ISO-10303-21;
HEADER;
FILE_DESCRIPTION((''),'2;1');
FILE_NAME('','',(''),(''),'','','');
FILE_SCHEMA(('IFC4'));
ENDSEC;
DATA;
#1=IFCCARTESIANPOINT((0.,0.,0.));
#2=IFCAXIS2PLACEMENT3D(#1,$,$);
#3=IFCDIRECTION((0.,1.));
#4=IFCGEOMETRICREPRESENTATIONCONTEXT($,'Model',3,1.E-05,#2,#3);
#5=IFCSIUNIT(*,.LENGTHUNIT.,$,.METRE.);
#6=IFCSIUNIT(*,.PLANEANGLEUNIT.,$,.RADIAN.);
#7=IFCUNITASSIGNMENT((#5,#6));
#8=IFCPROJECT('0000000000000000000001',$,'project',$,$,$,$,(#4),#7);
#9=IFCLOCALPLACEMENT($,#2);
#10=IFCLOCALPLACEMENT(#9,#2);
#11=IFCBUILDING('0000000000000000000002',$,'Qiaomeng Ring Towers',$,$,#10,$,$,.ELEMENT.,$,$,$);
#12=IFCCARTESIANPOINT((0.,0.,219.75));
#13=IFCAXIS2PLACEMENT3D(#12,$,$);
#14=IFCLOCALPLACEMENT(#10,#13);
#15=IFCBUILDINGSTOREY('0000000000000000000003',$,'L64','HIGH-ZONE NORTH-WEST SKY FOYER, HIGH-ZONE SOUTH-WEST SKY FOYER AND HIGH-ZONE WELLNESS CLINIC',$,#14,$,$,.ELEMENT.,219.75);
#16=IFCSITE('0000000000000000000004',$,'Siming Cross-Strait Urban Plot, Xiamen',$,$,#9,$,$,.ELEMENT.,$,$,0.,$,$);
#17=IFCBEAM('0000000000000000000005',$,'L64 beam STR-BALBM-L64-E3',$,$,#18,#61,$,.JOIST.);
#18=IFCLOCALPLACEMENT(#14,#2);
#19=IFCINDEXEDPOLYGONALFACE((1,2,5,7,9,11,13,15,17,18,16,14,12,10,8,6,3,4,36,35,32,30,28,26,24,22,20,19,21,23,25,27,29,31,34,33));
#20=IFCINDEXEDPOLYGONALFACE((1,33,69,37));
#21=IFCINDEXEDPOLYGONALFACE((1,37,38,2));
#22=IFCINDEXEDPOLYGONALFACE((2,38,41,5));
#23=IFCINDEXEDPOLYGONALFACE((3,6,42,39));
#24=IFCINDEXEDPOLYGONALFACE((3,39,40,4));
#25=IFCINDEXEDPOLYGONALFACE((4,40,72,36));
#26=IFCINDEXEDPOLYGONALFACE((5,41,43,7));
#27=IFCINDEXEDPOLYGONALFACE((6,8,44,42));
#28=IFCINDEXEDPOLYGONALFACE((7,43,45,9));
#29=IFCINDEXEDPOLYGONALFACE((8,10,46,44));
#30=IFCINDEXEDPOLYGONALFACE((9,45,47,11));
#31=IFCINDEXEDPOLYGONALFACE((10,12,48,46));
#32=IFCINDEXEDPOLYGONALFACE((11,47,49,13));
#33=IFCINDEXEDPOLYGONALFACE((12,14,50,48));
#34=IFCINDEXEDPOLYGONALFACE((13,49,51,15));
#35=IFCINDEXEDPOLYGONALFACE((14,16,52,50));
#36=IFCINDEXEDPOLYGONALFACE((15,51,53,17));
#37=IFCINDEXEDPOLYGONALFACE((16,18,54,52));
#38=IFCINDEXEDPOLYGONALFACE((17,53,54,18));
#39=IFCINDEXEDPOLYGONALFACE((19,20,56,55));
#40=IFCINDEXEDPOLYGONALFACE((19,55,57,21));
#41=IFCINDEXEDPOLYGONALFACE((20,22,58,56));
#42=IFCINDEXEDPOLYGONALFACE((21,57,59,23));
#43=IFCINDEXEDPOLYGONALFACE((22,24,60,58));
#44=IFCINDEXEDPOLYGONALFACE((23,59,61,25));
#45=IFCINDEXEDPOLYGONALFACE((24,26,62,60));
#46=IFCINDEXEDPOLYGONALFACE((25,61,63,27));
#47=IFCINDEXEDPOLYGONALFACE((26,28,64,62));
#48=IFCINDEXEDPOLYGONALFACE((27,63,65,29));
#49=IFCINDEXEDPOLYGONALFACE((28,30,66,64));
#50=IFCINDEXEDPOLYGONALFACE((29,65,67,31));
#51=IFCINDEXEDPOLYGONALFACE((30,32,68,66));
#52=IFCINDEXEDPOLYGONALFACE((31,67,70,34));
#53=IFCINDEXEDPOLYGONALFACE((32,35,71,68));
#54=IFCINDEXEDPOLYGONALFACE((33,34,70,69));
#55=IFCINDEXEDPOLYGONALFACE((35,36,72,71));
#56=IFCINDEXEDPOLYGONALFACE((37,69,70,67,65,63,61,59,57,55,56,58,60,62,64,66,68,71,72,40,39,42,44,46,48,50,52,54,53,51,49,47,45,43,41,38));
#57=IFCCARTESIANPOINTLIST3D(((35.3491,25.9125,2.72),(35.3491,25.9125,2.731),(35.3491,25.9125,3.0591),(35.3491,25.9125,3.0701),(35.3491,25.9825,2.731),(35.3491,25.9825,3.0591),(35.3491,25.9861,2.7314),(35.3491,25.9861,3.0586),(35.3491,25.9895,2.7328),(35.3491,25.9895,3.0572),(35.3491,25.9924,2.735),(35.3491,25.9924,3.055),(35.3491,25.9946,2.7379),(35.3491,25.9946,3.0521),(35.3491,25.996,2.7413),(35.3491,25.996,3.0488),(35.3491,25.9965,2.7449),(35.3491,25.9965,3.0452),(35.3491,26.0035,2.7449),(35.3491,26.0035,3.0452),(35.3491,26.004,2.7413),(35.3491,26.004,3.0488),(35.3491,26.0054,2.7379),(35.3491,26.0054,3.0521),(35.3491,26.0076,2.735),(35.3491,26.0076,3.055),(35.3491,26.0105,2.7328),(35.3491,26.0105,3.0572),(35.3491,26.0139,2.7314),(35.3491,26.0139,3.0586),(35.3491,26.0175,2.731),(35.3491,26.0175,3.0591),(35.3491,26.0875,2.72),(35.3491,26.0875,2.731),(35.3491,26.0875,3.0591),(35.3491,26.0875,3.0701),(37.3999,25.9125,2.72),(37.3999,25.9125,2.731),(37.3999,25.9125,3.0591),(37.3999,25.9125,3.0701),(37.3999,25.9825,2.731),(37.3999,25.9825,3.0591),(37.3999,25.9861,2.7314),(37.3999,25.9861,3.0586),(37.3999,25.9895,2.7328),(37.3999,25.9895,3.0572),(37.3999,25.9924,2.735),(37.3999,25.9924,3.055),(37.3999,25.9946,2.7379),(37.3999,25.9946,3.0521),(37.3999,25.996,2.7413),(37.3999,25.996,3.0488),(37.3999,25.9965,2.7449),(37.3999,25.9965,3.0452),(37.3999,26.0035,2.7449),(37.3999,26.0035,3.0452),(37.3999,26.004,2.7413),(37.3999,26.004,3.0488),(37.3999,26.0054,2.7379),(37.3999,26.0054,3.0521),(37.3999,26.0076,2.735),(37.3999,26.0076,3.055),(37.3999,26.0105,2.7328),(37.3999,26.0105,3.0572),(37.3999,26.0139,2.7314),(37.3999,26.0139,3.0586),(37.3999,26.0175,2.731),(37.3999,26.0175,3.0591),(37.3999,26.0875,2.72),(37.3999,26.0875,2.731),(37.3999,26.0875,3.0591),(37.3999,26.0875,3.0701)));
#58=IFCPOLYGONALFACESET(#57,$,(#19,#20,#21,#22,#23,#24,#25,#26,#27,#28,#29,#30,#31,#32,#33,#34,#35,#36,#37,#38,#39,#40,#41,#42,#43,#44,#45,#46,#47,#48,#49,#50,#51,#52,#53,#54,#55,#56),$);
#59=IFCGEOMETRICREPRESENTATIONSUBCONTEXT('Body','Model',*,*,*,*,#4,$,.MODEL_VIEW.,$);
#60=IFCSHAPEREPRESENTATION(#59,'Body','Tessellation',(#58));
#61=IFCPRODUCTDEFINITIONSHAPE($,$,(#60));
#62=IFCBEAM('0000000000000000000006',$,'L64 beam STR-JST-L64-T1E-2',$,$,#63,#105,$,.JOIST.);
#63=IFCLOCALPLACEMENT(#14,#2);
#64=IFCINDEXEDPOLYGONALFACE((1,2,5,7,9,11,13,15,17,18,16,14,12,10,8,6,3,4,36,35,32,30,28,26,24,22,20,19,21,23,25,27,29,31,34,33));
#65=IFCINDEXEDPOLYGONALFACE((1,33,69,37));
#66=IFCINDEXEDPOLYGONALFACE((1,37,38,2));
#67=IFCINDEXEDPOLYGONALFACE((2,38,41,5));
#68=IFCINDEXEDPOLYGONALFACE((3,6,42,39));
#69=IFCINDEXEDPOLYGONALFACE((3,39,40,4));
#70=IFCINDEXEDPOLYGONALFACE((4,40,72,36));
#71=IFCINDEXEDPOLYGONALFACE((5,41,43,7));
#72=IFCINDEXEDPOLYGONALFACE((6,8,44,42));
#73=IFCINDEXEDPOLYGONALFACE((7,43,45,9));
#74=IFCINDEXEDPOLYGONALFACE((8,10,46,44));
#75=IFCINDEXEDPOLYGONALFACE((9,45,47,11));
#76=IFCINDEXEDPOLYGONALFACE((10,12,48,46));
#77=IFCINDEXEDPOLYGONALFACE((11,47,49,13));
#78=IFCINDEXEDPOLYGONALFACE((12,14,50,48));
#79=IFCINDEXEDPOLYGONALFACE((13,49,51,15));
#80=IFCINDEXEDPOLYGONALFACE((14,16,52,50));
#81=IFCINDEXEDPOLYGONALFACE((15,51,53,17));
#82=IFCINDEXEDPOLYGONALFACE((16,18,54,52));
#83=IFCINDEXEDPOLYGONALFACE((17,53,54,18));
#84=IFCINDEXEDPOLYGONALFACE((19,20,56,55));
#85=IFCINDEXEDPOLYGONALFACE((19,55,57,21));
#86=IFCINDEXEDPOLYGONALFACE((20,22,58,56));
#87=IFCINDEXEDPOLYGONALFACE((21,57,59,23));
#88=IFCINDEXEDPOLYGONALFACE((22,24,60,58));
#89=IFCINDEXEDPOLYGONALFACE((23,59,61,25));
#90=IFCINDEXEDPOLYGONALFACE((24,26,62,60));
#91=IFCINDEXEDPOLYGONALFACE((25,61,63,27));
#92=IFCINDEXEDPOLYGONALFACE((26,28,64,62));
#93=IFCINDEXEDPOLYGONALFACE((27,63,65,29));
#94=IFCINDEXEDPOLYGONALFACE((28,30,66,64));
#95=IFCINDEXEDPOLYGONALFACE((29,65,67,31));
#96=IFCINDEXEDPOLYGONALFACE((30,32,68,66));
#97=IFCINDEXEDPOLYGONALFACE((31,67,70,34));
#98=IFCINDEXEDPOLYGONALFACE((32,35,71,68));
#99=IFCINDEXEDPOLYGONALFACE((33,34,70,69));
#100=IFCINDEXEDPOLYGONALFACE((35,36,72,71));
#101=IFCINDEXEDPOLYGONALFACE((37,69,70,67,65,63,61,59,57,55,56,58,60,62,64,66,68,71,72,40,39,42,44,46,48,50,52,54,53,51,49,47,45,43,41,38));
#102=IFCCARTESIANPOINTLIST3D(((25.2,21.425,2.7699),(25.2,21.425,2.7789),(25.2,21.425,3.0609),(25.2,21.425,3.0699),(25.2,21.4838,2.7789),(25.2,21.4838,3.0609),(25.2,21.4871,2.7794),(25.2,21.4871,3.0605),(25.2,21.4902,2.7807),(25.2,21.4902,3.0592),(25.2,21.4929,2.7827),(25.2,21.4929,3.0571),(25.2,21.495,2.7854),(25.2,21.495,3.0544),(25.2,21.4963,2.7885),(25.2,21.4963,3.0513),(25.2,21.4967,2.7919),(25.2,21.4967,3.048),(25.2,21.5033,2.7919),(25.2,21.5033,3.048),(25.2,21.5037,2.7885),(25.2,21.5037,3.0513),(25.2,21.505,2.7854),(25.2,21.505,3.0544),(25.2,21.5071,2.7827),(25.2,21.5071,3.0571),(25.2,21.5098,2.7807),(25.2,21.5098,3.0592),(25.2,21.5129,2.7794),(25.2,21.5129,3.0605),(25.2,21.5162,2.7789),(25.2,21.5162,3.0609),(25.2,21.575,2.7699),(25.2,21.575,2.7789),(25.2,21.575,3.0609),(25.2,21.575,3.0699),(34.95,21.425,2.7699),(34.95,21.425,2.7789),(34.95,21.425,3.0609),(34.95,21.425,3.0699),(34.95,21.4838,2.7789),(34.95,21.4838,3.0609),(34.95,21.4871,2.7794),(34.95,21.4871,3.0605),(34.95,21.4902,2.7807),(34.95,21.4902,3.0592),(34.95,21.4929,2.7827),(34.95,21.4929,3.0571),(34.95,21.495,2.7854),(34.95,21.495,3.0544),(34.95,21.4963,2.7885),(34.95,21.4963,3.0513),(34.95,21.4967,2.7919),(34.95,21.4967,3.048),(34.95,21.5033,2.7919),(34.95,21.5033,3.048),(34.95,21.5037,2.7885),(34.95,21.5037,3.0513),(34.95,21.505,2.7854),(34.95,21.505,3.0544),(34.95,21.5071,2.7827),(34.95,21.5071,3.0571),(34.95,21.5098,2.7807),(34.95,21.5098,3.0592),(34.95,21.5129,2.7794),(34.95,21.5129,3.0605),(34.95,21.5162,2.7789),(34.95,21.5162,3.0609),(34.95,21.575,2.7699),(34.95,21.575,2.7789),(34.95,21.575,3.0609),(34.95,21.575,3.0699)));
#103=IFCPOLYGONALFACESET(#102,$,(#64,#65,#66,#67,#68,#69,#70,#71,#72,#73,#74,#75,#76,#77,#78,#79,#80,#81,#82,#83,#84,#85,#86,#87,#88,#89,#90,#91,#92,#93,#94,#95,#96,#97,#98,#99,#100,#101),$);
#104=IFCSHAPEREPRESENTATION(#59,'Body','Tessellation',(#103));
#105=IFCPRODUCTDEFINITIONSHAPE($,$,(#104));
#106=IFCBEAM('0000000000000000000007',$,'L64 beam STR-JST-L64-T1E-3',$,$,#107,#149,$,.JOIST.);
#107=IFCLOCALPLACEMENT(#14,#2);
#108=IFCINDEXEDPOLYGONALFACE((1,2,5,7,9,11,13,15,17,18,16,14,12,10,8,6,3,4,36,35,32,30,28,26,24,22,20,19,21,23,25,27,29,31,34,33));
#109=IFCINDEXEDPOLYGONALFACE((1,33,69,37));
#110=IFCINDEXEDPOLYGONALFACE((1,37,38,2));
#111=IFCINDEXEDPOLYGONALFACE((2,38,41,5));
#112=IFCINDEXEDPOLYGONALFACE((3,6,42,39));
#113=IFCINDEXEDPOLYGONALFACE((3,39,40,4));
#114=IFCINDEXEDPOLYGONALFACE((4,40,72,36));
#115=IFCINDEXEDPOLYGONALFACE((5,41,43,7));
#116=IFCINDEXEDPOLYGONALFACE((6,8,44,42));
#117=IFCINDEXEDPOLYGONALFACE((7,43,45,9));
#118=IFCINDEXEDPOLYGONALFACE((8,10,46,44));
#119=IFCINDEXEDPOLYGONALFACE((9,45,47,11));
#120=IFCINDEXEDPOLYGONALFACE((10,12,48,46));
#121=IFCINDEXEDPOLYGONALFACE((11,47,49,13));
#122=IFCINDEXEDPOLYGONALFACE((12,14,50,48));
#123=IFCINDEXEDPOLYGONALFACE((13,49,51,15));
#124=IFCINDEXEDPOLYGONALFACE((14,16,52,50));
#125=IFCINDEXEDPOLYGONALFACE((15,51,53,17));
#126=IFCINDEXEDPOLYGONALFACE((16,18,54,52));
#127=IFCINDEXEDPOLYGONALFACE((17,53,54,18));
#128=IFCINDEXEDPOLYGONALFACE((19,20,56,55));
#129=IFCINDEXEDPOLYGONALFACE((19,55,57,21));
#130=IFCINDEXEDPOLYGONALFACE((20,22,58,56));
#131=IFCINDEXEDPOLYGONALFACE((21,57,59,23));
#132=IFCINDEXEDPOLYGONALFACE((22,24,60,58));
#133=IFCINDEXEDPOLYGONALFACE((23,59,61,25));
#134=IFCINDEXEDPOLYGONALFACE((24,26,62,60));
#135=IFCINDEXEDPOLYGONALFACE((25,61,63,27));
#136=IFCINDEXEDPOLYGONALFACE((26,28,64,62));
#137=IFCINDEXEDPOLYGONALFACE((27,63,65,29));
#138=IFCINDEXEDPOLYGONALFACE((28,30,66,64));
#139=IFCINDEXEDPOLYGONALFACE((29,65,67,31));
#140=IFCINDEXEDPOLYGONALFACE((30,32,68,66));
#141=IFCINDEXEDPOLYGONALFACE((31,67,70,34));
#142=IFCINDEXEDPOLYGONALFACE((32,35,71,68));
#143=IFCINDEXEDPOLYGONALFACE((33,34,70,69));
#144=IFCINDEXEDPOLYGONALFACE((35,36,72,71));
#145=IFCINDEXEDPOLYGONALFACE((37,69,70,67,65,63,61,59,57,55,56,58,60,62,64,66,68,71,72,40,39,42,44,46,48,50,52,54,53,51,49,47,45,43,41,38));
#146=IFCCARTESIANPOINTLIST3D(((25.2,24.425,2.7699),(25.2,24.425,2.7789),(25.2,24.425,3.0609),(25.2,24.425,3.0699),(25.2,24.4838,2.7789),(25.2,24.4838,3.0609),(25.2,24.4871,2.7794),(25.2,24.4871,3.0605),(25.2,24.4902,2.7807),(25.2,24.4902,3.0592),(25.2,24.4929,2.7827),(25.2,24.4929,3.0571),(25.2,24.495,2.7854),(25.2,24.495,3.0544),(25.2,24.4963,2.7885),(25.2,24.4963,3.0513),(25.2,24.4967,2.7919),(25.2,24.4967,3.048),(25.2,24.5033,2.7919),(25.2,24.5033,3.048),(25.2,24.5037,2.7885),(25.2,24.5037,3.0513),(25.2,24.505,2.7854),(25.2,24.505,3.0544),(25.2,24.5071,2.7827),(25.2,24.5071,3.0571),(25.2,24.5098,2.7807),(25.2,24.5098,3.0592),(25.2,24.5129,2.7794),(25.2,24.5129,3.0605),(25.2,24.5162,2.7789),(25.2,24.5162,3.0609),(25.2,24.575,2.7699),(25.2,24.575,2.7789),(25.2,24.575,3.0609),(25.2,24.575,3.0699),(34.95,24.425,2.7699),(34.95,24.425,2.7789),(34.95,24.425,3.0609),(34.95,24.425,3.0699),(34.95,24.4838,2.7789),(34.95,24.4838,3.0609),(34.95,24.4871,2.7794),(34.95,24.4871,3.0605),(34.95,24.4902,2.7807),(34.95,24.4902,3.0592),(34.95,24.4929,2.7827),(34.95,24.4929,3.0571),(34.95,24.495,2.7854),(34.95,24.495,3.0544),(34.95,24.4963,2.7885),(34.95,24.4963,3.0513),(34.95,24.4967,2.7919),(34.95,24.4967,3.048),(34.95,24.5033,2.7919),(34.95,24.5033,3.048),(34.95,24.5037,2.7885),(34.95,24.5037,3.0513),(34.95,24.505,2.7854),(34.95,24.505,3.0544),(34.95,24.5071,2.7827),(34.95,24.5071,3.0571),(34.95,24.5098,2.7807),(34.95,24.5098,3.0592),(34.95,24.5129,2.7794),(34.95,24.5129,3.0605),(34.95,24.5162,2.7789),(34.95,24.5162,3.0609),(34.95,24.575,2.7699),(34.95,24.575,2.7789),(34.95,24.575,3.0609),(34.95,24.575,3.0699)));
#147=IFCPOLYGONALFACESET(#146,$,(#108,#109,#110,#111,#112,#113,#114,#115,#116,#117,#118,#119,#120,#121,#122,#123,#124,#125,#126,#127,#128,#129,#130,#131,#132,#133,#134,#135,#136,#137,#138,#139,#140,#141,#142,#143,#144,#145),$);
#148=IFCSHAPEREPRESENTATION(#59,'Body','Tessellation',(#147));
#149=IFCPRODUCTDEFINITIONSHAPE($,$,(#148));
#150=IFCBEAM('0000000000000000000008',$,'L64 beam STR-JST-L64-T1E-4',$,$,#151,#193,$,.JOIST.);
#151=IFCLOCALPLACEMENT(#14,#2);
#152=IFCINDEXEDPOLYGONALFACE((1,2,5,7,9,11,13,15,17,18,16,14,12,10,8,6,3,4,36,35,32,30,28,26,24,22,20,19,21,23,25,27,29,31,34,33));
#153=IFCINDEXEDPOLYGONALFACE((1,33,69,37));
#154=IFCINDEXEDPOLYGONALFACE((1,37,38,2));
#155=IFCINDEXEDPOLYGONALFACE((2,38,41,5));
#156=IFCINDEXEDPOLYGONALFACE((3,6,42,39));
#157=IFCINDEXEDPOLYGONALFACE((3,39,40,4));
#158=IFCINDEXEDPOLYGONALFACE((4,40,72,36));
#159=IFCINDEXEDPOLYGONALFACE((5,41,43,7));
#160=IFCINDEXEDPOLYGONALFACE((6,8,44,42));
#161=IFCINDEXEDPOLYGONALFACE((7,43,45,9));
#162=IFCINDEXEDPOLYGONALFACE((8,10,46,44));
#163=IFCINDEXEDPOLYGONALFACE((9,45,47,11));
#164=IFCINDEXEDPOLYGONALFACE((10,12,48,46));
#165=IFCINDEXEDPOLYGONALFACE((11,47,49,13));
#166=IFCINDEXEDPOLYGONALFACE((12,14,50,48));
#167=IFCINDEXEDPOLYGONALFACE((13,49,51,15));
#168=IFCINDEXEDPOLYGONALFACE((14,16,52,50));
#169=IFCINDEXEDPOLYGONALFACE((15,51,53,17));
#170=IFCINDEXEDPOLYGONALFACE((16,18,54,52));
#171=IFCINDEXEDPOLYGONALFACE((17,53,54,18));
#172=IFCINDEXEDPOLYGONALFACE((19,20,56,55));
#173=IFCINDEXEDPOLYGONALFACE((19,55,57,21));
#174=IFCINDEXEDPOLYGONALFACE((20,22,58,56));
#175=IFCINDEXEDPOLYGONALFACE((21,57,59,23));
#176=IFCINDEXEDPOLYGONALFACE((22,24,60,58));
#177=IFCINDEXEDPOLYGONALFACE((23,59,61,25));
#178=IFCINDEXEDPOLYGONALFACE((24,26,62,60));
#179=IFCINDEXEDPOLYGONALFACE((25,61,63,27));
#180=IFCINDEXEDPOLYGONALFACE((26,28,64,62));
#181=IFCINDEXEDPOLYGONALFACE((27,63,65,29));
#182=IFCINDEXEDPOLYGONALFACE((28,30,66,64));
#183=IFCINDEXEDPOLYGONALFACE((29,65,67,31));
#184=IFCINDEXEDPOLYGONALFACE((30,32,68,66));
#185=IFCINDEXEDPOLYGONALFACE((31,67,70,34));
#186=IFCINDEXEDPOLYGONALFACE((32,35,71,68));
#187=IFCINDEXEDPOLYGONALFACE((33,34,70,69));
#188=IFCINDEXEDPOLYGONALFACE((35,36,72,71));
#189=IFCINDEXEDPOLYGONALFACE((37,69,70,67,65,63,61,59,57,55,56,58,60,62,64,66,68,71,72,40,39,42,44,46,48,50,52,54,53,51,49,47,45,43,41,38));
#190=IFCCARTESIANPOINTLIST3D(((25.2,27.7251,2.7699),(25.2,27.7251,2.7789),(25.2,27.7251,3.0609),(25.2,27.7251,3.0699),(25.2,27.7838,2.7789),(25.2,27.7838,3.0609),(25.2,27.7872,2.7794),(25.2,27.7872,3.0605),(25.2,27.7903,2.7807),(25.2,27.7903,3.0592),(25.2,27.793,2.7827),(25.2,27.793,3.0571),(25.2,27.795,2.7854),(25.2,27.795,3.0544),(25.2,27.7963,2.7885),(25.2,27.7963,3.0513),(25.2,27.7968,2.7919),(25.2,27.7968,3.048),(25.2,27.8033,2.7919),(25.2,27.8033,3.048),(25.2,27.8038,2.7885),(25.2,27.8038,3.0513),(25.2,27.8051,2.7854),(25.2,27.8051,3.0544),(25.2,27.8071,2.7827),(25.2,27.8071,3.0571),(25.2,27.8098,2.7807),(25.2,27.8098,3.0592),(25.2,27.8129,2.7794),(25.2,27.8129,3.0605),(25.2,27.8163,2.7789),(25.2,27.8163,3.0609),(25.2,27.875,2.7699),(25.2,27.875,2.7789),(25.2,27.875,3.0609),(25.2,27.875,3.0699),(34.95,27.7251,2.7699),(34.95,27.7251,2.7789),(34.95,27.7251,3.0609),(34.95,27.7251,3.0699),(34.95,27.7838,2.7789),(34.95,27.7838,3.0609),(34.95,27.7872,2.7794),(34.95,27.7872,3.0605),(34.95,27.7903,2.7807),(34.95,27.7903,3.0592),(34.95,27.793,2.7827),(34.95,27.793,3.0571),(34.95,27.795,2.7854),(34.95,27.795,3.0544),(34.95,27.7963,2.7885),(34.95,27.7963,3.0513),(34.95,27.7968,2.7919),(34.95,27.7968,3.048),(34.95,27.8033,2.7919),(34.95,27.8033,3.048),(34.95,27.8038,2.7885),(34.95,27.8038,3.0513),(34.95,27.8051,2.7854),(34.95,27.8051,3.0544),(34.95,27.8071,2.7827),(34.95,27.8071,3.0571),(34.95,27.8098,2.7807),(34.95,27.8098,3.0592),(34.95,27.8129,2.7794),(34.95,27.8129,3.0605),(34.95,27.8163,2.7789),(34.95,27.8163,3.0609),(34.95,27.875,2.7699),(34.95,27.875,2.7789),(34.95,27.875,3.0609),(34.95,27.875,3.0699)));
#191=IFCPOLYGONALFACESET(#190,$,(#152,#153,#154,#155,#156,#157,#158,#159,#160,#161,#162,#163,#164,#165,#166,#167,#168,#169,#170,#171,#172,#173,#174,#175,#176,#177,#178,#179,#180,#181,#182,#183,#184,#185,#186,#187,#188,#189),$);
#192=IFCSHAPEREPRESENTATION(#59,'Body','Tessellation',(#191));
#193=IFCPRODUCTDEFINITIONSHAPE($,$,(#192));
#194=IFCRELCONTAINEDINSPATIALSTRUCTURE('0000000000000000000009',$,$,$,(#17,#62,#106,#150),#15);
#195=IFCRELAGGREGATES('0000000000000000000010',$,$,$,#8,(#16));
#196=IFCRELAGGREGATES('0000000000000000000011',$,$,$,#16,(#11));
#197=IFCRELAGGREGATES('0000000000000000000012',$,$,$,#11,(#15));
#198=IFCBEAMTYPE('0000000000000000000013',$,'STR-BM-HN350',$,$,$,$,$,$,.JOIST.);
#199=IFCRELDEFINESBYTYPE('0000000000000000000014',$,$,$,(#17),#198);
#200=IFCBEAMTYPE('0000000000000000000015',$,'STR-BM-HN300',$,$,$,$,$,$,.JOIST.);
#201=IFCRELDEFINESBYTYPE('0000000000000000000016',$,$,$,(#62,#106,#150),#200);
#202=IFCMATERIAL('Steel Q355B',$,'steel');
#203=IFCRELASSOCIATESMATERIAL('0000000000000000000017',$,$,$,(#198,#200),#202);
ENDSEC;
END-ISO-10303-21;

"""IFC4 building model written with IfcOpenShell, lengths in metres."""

from ifc_helpers import new_model, si_unit, direction, frame, origin, origin_2d, place, context, subcontext, project, spatial, i_section, extrude, source, transform, mapped, material, material_profile, profile_set, type_object, element, save


model = new_model("IFC4")

# Units and contexts
model_context = context("Model", 3, precision=1e-05, world=origin(), true_north=direction((0.0, 1.0)))
body_context = subcontext(model_context, "Body", "Model", "MODEL_VIEW")
ifc_project = project(units=[si_unit("LENGTHUNIT", "METRE"), si_unit("PLANEANGLEUNIT", "RADIAN")], contexts=[model_context])

# Site, building, storey
site_placement = place(None, origin())
site = spatial("IfcSite", under=ifc_project, at=site_placement, Name="Siming Cross-Strait Urban Plot, Xiamen", CompositionType="ELEMENT", RefElevation=0.0)
building_placement = place(site_placement, origin())
building = spatial("IfcBuilding", under=site, at=building_placement, Name="Qiaomeng Ring Towers", CompositionType="ELEMENT")
storey_placement = place(building_placement, frame((0.0, 0.0, 219.75)))
storey = spatial("IfcBuildingStorey", under=building, at=storey_placement, Name="L64", Description="HIGH-ZONE NORTH-WEST SKY FOYER, HIGH-ZONE SOUTH-WEST SKY FOYER AND HIGH-ZONE WELLNESS CLINIC", CompositionType="ELEMENT", Elevation=219.75)

# Beams
ifc_material_1 = material(Name="Steel Q355B", Category="steel")
ifc_material_profile_1 = material_profile(ifc_material_1, i_section(OverallWidth=0.175, OverallDepth=0.3501, WebThickness=0.0071, FlangeThickness=0.011, FilletRadius=0.0139, at=origin_2d()), Name="HN 350x175x7x11")
ifc_profile_set_1 = profile_set([ifc_material_profile_1], Name="Steel Q355B")
beam_type_1 = type_object("IfcBeamType", Name="STR-BM-HN350", PredefinedType="JOIST", material=ifc_profile_set_1)
shared_shape_1 = source(origin(), body_context, "Body", "SweptSolid", [
    extrude(i_section(OverallWidth=0.175, OverallDepth=0.3501, WebThickness=0.0071, FlangeThickness=0.011, FilletRadius=0.0139, at=origin_2d()), origin(), (0.0, 0.0, 1.0), 2.0508),
])
beam_1_placement = place(storey_placement, frame((35.3491, 26.0, 2.895), z_axis=(1.0, 0.0, 0.0), x_axis=(0.0, 1.0, 0.0)))
element("IfcBeam", 1, at=beam_1_placement, inside=storey, type_object=beam_type_1, Name="L64 beam STR-BALBM-L64-E3", PredefinedType="JOIST", context=body_context, shape_type="MappedRepresentation", body=[
    mapped(shared_shape_1, transform((0.0, 0.0, 0.0), x_axis=(1.0, 0.0, 0.0), y_axis=(0.0, 1.0, 0.0), z_axis=(0.0, 0.0, 1.0), scale=1.0)),
])
ifc_material_profile_2 = material_profile(ifc_material_1, i_section(OverallWidth=0.1499, OverallDepth=0.3, WebThickness=0.0066, FlangeThickness=0.009, FilletRadius=0.0129, at=origin_2d()), Name="HN 300x150x6.5x9")
ifc_profile_set_2 = profile_set([ifc_material_profile_2], Name="Steel Q355B")
beam_type_2 = type_object("IfcBeamType", Name="STR-BM-HN300", PredefinedType="JOIST", material=ifc_profile_set_2)
shared_shape_2 = source(origin(), body_context, "Body", "SweptSolid", [
    extrude(i_section(OverallWidth=0.1499, OverallDepth=0.3, WebThickness=0.0066, FlangeThickness=0.009, FilletRadius=0.0129, at=origin_2d()), origin(), (0.0, 0.0, 1.0), 9.75),
])
for number, where, z_axis, x_axis, name in (
    (2, (25.2, 21.5, 2.9199), (1.0, 0.0, 0.0), (0.0, 1.0, 0.0), "L64 beam STR-JST-L64-T1E-2"),
    (3, (25.2, 24.5, 2.9199), (1.0, 0.0, 0.0), (0.0, 1.0, 0.0), "L64 beam STR-JST-L64-T1E-3"),
    (4, (25.2, 27.8, 2.9199), (1.0, 0.0, 0.0), (0.0, 1.0, 0.0), "L64 beam STR-JST-L64-T1E-4"),
):
    element("IfcBeam", number, at=place(storey_placement, frame(where, z_axis=z_axis, x_axis=x_axis)), inside=storey, type_object=beam_type_2, Name=name, PredefinedType="JOIST", context=body_context, shape_type="MappedRepresentation", body=[
        mapped(shared_shape_2, transform((0.0, 0.0, 0.0), x_axis=(1.0, 0.0, 0.0), y_axis=(0.0, 1.0, 0.0), z_axis=(0.0, 0.0, 1.0), scale=1.0)),
    ])

save(model, "model.ifc")
